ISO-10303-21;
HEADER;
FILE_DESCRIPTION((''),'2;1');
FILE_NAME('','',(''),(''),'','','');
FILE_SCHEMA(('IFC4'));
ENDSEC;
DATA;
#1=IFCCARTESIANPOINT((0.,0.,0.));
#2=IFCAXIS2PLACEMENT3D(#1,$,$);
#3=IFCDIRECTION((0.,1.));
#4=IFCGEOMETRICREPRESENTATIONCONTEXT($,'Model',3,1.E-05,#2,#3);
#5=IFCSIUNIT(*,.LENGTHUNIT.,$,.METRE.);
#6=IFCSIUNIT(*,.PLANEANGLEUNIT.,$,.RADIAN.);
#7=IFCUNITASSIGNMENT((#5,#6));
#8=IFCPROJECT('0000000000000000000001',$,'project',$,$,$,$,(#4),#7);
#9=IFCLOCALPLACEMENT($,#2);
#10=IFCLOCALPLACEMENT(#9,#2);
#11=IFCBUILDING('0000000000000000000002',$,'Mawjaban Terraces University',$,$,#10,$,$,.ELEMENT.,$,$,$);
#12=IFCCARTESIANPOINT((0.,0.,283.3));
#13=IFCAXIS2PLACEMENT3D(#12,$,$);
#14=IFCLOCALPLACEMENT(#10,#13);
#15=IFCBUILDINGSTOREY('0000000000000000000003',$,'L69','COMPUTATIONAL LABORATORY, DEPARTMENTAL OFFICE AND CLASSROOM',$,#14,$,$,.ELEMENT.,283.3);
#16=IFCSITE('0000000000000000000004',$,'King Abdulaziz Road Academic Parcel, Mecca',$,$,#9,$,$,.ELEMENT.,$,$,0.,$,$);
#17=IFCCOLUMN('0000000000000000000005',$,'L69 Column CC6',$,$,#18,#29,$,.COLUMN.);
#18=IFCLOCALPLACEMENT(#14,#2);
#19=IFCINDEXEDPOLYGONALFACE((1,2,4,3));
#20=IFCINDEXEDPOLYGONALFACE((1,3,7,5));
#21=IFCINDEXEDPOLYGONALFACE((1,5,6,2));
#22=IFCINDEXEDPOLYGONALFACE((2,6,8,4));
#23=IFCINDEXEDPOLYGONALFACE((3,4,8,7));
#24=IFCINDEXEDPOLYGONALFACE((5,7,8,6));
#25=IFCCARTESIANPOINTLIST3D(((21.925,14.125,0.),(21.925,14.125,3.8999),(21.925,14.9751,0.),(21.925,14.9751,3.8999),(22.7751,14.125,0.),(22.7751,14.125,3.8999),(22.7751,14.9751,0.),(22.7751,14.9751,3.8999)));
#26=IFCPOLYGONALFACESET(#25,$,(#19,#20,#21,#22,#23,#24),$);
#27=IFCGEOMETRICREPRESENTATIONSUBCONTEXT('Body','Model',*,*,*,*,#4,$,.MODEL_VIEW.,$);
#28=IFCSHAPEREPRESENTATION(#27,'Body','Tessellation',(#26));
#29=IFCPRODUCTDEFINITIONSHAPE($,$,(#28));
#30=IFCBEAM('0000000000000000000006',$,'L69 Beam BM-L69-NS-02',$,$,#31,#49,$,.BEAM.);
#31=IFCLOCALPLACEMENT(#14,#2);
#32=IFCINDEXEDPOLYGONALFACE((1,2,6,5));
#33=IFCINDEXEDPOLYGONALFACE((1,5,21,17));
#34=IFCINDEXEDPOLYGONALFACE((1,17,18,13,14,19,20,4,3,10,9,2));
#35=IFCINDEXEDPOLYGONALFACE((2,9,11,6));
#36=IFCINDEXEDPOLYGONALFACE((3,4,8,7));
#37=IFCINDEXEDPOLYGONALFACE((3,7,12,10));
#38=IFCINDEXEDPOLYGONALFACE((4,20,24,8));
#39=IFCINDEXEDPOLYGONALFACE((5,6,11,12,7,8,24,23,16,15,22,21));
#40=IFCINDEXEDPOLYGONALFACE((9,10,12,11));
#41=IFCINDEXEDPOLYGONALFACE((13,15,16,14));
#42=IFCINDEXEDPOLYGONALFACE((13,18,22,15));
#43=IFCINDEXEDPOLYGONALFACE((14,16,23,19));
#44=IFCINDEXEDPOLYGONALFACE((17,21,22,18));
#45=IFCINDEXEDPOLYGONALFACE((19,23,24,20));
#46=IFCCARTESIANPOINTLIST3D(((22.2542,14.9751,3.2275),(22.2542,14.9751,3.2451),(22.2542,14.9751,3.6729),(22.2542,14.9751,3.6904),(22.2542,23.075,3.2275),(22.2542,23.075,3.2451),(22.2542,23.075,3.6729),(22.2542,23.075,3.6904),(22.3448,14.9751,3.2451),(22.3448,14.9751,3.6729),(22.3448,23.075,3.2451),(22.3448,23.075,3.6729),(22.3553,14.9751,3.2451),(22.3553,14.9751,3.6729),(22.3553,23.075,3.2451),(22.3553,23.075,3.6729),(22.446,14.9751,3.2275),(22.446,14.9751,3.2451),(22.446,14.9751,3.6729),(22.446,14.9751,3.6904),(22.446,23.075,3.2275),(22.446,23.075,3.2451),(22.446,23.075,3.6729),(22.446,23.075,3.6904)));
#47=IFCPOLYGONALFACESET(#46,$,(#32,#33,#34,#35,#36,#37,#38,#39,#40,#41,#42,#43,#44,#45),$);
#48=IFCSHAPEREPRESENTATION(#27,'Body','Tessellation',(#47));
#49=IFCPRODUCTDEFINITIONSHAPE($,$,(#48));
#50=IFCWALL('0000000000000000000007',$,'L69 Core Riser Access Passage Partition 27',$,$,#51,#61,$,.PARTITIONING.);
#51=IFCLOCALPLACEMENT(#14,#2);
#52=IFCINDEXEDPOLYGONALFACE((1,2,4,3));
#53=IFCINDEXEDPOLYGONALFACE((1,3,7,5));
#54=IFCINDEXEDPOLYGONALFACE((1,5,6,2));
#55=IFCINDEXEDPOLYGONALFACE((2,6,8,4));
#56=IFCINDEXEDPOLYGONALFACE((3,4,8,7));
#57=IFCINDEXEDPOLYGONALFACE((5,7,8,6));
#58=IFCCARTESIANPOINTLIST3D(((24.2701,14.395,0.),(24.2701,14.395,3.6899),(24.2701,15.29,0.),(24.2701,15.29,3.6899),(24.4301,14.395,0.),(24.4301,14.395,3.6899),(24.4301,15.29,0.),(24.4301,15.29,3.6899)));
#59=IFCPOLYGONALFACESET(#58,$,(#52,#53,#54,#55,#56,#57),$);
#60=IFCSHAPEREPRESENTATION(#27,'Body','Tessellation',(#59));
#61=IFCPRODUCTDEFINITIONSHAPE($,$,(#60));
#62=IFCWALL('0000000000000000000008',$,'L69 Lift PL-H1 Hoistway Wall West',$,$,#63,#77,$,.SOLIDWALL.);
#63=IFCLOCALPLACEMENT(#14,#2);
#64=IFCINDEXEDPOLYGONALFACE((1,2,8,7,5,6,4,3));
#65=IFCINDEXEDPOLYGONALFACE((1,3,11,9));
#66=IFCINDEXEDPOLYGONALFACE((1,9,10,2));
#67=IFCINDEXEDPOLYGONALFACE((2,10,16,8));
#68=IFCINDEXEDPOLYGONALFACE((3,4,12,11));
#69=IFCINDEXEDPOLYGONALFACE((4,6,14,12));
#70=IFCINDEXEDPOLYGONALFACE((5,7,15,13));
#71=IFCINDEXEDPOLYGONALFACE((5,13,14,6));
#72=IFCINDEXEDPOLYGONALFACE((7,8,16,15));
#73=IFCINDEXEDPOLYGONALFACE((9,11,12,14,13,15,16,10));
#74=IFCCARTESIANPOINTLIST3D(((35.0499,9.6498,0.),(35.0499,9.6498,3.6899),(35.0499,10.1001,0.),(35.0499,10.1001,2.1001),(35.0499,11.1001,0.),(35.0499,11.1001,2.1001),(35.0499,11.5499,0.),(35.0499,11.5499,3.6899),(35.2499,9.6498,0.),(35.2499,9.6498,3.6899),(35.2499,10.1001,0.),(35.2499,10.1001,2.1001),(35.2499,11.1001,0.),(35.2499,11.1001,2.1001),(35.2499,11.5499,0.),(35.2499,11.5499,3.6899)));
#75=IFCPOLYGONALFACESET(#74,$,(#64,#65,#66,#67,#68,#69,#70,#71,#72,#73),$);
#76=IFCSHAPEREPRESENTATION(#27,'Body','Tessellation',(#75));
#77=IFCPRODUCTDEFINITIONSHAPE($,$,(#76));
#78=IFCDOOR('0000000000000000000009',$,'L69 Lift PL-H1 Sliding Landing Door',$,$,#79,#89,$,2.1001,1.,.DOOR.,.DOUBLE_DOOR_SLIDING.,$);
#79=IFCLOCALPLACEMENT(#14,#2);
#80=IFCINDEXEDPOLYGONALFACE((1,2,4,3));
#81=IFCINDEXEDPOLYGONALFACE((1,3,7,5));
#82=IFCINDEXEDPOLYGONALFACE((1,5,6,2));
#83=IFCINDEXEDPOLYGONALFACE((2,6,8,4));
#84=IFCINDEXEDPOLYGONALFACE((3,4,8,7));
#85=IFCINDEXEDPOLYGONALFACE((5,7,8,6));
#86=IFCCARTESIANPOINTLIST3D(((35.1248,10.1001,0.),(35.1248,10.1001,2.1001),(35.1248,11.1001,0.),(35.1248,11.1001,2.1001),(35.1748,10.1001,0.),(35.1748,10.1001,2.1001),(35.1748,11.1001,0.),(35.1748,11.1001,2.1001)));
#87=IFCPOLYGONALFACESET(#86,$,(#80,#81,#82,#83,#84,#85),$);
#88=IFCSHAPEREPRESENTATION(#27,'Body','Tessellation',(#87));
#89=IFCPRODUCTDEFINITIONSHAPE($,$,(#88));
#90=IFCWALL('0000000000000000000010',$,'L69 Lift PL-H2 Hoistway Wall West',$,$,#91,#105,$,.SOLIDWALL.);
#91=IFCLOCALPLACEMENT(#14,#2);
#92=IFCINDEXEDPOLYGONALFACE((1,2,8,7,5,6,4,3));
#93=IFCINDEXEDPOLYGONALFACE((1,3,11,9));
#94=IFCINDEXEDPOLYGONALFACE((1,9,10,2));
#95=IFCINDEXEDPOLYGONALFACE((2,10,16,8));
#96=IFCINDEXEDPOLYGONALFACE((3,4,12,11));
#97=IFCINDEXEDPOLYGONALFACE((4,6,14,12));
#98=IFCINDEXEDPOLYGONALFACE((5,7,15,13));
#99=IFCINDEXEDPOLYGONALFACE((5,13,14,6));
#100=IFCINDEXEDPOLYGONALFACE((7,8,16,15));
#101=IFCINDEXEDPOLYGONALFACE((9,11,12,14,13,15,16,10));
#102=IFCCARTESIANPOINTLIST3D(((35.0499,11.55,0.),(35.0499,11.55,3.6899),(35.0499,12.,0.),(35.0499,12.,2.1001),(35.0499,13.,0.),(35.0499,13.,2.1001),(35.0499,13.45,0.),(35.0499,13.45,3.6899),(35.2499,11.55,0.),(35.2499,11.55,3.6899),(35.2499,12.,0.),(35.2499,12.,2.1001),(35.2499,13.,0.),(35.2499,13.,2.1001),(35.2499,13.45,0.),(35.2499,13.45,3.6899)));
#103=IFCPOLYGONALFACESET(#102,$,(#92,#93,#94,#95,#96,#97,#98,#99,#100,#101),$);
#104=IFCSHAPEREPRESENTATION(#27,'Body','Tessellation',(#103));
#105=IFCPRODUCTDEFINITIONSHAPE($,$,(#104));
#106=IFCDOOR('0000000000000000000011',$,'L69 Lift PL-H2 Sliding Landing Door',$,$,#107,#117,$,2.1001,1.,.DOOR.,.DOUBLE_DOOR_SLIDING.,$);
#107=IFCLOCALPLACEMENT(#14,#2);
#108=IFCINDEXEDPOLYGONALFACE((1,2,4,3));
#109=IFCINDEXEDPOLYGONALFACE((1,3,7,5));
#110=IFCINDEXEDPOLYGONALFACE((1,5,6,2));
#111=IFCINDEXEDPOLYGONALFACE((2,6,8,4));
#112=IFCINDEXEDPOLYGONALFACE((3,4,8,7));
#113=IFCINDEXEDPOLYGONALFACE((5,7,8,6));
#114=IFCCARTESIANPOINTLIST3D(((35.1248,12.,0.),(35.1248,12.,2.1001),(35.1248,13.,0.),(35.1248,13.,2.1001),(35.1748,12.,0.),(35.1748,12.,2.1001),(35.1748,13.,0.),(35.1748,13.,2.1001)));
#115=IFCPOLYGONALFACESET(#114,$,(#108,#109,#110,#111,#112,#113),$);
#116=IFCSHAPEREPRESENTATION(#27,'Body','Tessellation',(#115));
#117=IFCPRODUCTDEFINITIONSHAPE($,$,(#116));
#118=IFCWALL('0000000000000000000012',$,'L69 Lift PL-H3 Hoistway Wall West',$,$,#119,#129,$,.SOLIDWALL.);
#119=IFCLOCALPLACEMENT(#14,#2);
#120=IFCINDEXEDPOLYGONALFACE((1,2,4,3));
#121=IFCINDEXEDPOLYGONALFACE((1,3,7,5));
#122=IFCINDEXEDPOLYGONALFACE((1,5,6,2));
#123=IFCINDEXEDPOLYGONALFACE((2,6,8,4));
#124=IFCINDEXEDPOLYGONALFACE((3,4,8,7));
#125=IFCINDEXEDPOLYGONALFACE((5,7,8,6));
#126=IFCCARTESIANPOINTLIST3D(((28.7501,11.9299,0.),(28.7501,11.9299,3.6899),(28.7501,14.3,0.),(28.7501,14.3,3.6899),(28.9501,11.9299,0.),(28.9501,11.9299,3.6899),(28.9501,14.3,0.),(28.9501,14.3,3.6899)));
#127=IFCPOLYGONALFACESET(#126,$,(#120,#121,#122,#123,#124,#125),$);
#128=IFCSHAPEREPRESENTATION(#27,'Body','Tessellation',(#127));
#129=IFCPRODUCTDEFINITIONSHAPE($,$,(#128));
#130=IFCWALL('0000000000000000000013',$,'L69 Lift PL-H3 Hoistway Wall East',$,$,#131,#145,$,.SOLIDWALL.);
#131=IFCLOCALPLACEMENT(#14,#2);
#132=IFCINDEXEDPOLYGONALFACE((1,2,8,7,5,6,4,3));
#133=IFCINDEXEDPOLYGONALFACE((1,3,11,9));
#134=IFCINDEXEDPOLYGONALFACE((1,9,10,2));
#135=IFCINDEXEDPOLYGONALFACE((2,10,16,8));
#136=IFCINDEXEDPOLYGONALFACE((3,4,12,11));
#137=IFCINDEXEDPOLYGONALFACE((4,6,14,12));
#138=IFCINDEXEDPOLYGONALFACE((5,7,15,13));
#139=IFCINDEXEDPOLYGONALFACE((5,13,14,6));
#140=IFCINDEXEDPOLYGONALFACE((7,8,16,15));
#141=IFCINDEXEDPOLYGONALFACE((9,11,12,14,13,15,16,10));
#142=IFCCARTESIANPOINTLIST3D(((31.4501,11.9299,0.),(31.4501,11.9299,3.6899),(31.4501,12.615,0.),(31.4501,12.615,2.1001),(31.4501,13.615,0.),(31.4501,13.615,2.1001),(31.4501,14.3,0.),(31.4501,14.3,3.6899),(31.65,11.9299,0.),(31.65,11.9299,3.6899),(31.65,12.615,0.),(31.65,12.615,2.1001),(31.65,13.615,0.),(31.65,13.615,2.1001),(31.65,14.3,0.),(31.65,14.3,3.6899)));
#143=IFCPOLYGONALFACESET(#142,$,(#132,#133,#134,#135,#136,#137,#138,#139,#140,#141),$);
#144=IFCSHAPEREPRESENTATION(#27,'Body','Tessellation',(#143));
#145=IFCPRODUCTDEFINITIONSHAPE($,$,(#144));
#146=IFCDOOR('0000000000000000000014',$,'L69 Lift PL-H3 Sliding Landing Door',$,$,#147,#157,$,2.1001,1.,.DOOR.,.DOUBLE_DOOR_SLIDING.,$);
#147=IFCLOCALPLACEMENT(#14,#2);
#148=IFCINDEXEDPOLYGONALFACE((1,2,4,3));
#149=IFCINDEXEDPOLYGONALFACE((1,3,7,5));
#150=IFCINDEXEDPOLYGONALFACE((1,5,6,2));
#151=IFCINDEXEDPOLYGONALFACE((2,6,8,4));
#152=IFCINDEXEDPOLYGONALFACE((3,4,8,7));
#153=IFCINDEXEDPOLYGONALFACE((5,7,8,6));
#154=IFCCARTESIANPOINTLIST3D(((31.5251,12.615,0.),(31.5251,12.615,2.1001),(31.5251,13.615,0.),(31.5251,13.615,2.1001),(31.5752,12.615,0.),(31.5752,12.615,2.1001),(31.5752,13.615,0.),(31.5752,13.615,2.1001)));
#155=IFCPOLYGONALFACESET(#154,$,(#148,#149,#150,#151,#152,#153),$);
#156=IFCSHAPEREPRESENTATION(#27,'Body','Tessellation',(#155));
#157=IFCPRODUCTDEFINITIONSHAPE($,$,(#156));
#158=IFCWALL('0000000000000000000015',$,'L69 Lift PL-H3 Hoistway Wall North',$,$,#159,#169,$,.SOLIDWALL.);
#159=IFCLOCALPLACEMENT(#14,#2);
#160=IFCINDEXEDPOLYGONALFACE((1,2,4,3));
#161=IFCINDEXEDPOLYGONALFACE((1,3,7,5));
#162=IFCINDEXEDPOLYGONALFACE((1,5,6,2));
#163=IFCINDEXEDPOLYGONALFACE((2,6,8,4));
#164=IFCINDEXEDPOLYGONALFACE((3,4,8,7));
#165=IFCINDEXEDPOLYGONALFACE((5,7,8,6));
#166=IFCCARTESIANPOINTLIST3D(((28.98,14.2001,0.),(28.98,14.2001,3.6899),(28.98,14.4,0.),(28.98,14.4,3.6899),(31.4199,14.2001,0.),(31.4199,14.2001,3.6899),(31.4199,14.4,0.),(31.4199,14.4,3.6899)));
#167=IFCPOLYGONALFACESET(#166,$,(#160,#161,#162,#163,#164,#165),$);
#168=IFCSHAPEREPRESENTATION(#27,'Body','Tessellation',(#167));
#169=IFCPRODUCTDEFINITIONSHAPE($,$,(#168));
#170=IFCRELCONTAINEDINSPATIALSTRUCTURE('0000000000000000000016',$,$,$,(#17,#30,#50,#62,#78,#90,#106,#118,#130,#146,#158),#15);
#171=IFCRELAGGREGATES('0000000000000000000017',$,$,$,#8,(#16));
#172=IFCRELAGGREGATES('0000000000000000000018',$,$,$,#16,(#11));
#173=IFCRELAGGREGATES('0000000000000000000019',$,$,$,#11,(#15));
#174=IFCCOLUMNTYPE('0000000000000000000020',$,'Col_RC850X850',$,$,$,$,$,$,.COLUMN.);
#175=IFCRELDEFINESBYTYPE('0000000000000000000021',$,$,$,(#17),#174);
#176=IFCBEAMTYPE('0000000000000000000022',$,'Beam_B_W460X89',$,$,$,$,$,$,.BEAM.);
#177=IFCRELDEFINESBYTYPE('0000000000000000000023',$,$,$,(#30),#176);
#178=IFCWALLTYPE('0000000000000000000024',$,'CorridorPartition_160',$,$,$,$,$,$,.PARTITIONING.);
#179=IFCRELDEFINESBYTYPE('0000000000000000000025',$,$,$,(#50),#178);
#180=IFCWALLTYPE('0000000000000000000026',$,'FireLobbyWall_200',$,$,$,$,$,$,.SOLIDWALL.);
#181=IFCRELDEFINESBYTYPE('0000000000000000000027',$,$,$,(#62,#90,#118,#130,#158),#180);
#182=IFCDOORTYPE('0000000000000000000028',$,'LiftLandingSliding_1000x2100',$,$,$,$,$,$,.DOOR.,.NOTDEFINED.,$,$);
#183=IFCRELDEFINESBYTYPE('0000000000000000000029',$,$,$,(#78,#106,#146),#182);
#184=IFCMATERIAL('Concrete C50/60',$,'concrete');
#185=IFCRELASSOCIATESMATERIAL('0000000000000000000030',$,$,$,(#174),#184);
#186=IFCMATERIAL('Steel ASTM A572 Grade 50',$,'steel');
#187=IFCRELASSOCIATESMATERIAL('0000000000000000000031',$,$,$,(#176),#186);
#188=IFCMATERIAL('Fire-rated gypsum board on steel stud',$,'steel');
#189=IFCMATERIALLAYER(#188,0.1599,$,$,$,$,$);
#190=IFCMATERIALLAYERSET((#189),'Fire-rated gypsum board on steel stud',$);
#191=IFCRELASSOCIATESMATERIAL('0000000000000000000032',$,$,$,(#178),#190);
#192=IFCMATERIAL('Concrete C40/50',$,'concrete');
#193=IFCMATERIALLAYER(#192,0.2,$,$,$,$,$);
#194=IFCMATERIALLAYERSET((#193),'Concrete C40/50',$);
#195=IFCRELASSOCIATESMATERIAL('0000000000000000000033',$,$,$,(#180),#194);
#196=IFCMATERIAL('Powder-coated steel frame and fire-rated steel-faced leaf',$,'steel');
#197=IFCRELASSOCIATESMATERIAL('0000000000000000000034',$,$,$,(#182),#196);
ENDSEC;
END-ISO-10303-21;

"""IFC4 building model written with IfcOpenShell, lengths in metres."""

from ifc_helpers import new_model, si_unit, direction, frame, frame_2d, origin, origin_2d, place, context, subcontext, project, spatial, rectangle, i_section, extrude, material, layer, layer_set, material_profile, profile_set, type_object, element, fill, save


model = new_model("IFC4")

# Units and contexts
model_context = context("Model", 3, precision=1e-05, world=origin(), true_north=direction((0.0, 1.0)))
body_context = subcontext(model_context, "Body", "Model", "MODEL_VIEW")
ifc_project = project(units=[si_unit("LENGTHUNIT", "METRE"), si_unit("PLANEANGLEUNIT", "RADIAN")], contexts=[model_context])

# Site, building, storey
site_placement = place(None, origin())
site = spatial("IfcSite", under=ifc_project, at=site_placement, Name="King Abdulaziz Road Academic Parcel, Mecca", CompositionType="ELEMENT", RefElevation=0.0)
building_placement = place(site_placement, origin())
building = spatial("IfcBuilding", under=site, at=building_placement, Name="Mawjaban Terraces University", CompositionType="ELEMENT")
storey_placement = place(building_placement, frame((0.0, 0.0, 283.3)))
storey = spatial("IfcBuildingStorey", under=building, at=storey_placement, Name="L69", Description="COMPUTATIONAL LABORATORY, DEPARTMENTAL OFFICE AND CLASSROOM", CompositionType="ELEMENT", Elevation=283.3)

# Column
ifc_material_1 = material(Name="Concrete C50/60", Category="concrete")
ifc_material_profile_1 = material_profile(ifc_material_1, rectangle(XDim=0.8501, YDim=0.8501, at=origin_2d()), Name="RC850X850")
ifc_profile_set_1 = profile_set([ifc_material_profile_1], Name="Concrete C50/60")
column_type = type_object("IfcColumnType", Name="Col_RC850X850", PredefinedType="COLUMN", material=ifc_profile_set_1)
column_placement = place(storey_placement, frame((22.3501, 14.55, 0.0), z_axis=(0.0, 0.0, 1.0), x_axis=(1.0, 0.0, 0.0)))
element("IfcColumn", 1, at=column_placement, inside=storey, type_object=column_type, Name="L69 Column CC6", PredefinedType="COLUMN", context=body_context, shape_type="SweptSolid", body=[
    extrude(rectangle(XDim=0.8501, YDim=0.8501, at=origin_2d()), origin(), (0.0, 0.0, 1.0), 3.8999),
])

# Beam
ifc_material_2 = material(Name="Steel ASTM A572 Grade 50", Category="steel")
ifc_material_profile_2 = material_profile(ifc_material_2, i_section(OverallWidth=0.1919, OverallDepth=0.4629, WebThickness=0.0105, FlangeThickness=0.0176, at=origin_2d()), Name="W460X89")
ifc_profile_set_2 = profile_set([ifc_material_profile_2], Name="Steel ASTM A572 Grade 50")
beam_type = type_object("IfcBeamType", Name="Beam_B_W460X89", PredefinedType="BEAM", material=ifc_profile_set_2)
beam_placement = place(storey_placement, frame((22.3501, 14.9751, 3.459), z_axis=(0.0, 1.0, 0.0), x_axis=(-1.0, 0.0, 0.0)))
element("IfcBeam", 2, at=beam_placement, inside=storey, type_object=beam_type, Name="L69 Beam BM-L69-NS-02", PredefinedType="BEAM", context=body_context, shape_type="SweptSolid", body=[
    extrude(i_section(OverallWidth=0.1919, OverallDepth=0.4629, WebThickness=0.0105, FlangeThickness=0.0176, at=origin_2d()), origin(), (0.0, 0.0, 1.0), 8.0999),
])

# Wall
ifc_material_3 = material(Name="Fire-rated gypsum board on steel stud", Category="steel")
ifc_layer_1 = layer(ifc_material_3, 0.1599)
ifc_layer_set_1 = layer_set([ifc_layer_1], Name="Fire-rated gypsum board on steel stud")
wall_type_1 = type_object("IfcWallType", Name="CorridorPartition_160", PredefinedType="PARTITIONING", material=ifc_layer_set_1)
wall_1_placement = place(storey_placement, frame((24.3501, 15.29, 0.0), z_axis=(0.0, 0.0, 1.0), x_axis=(0.0, -1.0, 0.0)))
element("IfcWall", 3, at=wall_1_placement, inside=storey, type_object=wall_type_1, Name="L69 Core Riser Access Passage Partition 27", PredefinedType="PARTITIONING", context=body_context, shape_type="SweptSolid", body=[
    extrude(rectangle(XDim=0.895, YDim=0.1599, at=frame_2d((0.4475, 0.0))), origin(), (0.0, 0.0, 1.0), 3.6899),
])

# Walls, openings, doors
ifc_material_4 = material(Name="Concrete C40/50", Category="concrete")
ifc_layer_2 = layer(ifc_material_4, 0.2)
ifc_layer_set_2 = layer_set([ifc_layer_2], Name="Concrete C40/50")
wall_type_2 = type_object("IfcWallType", Name="FireLobbyWall_200", PredefinedType="SOLIDWALL", material=ifc_layer_set_2)
wall_2_placement = place(storey_placement, frame((35.1499, 11.55, 0.0), z_axis=(0.0, 0.0, 1.0), x_axis=(0.0, -1.0, 0.0)))
wall_2 = element("IfcWall", 4, at=wall_2_placement, inside=storey, type_object=wall_type_2, Name="L69 Lift PL-H1 Hoistway Wall West", PredefinedType="SOLIDWALL", context=body_context, shape_type="SweptSolid", body=[
    extrude(rectangle(XDim=1.9001, YDim=0.2, at=frame_2d((0.9502, 0.0))), origin(), (0.0, 0.0, 1.0), 3.6899),
])
opening_1_placement = place(wall_2_placement, frame((0.45, 0.0, 0.0)))
opening_1 = element("IfcOpeningElement", 5, at=opening_1_placement, cuts=wall_2, PredefinedType="OPENING", context=body_context, shape_type="SweptSolid", body=[
    extrude(rectangle(XDim=1.0, YDim=2.1001, at=frame_2d((0.5, 1.05))), frame((0.0, 0.1099, 0.0), z_axis=(0.0, -1.0, 0.0), x_axis=(1.0, 0.0, 0.0)), (0.0, 0.0, 1.0), 0.22),
])
ifc_material_5 = material(Name="Powder-coated steel frame and fire-rated steel-faced leaf", Category="steel")
door_type_1 = type_object("IfcDoorType", Name="LiftLandingSliding_1000x2100", OperationType="NOTDEFINED", PredefinedType="DOOR", material=ifc_material_5)
door_1_placement = place(opening_1_placement, origin())
door_1 = element("IfcDoor", 6, at=door_1_placement, inside=storey, type_object=door_type_1, Name="L69 Lift PL-H1 Sliding Landing Door", OperationType="DOUBLE_DOOR_SLIDING", OverallHeight=2.1001, OverallWidth=1.0, PredefinedType="DOOR", context=body_context, shape_type="SweptSolid", body=[
    extrude(rectangle(XDim=1.0, YDim=2.1001, at=frame_2d((0.5, 1.05))), frame((0.0, 0.0249, 0.0), z_axis=(0.0, -1.0, 0.0), x_axis=(1.0, 0.0, 0.0)), (0.0, 0.0, 1.0), 0.05),
])
fill(opening_1, door_1)
wall_3_placement = place(storey_placement, frame((35.1499, 13.45, 0.0), z_axis=(0.0, 0.0, 1.0), x_axis=(0.0, -1.0, 0.0)))
wall_3 = element("IfcWall", 7, at=wall_3_placement, inside=storey, type_object=wall_type_2, Name="L69 Lift PL-H2 Hoistway Wall West", PredefinedType="SOLIDWALL", context=body_context, shape_type="SweptSolid", body=[
    extrude(rectangle(XDim=1.8999, YDim=0.2, at=frame_2d((0.95, 0.0))), origin(), (0.0, 0.0, 1.0), 3.6899),
])
opening_2_placement = place(wall_3_placement, frame((0.45, 0.0, 0.0)))
opening_2 = element("IfcOpeningElement", 8, at=opening_2_placement, cuts=wall_3, PredefinedType="OPENING", context=body_context, shape_type="SweptSolid", body=[
    extrude(rectangle(XDim=1.0, YDim=2.1001, at=frame_2d((0.5, 1.05))), frame((0.0, 0.1099, 0.0), z_axis=(0.0, -1.0, 0.0), x_axis=(1.0, 0.0, 0.0)), (0.0, 0.0, 1.0), 0.22),
])
door_2_placement = place(opening_2_placement, origin())
door_2 = element("IfcDoor", 9, at=door_2_placement, inside=storey, type_object=door_type_1, Name="L69 Lift PL-H2 Sliding Landing Door", OperationType="DOUBLE_DOOR_SLIDING", OverallHeight=2.1001, OverallWidth=1.0, PredefinedType="DOOR", context=body_context, shape_type="SweptSolid", body=[
    extrude(rectangle(XDim=1.0, YDim=2.1001, at=frame_2d((0.5, 1.05))), frame((0.0, 0.0249, 0.0), z_axis=(0.0, -1.0, 0.0), x_axis=(1.0, 0.0, 0.0)), (0.0, 0.0, 1.0), 0.05),
])
fill(opening_2, door_2)

# Wall
wall_4_placement = place(storey_placement, frame((28.8501, 14.3, 0.0), z_axis=(0.0, 0.0, 1.0), x_axis=(0.0, -1.0, 0.0)))
element("IfcWall", 10, at=wall_4_placement, inside=storey, type_object=wall_type_2, Name="L69 Lift PL-H3 Hoistway Wall West", PredefinedType="SOLIDWALL", context=body_context, shape_type="SweptSolid", body=[
    extrude(rectangle(XDim=2.3701, YDim=0.2, at=frame_2d((1.1851, 0.0))), origin(), (0.0, 0.0, 1.0), 3.6899),
])

# Wall, opening, door
wall_5_placement = place(storey_placement, frame((31.55, 11.9299, 0.0), z_axis=(0.0, 0.0, 1.0), x_axis=(0.0, 1.0, 0.0)))
wall_5 = element("IfcWall", 11, at=wall_5_placement, inside=storey, type_object=wall_type_2, Name="L69 Lift PL-H3 Hoistway Wall East", PredefinedType="SOLIDWALL", context=body_context, shape_type="SweptSolid", body=[
    extrude(rectangle(XDim=2.3701, YDim=0.2, at=frame_2d((1.1851, 0.0))), origin(), (0.0, 0.0, 1.0), 3.6899),
])
opening_3_placement = place(wall_5_placement, frame((0.6851, 0.0, 0.0)))
opening_3 = element("IfcOpeningElement", 12, at=opening_3_placement, cuts=wall_5, PredefinedType="OPENING", context=body_context, shape_type="SweptSolid", body=[
    extrude(rectangle(XDim=1.0, YDim=2.1001, at=frame_2d((0.5, 1.05))), frame((0.0, 0.1099, 0.0), z_axis=(0.0, -1.0, 0.0), x_axis=(1.0, 0.0, 0.0)), (0.0, 0.0, 1.0), 0.22),
])
door_3_placement = place(opening_3_placement, origin())
door_3 = element("IfcDoor", 13, at=door_3_placement, inside=storey, type_object=door_type_1, Name="L69 Lift PL-H3 Sliding Landing Door", OperationType="DOUBLE_DOOR_SLIDING", OverallHeight=2.1001, OverallWidth=1.0, PredefinedType="DOOR", context=body_context, shape_type="SweptSolid", body=[
    extrude(rectangle(XDim=1.0, YDim=2.1001, at=frame_2d((0.5, 1.05))), frame((0.0, 0.0249, 0.0), z_axis=(0.0, -1.0, 0.0), x_axis=(1.0, 0.0, 0.0)), (0.0, 0.0, 1.0), 0.05),
])
fill(opening_3, door_3)

# Wall
wall_6_placement = place(storey_placement, frame((31.4199, 14.3, 0.0), z_axis=(0.0, 0.0, 1.0), x_axis=(-1.0, 0.0, 0.0)))
element("IfcWall", 14, at=wall_6_placement, inside=storey, type_object=wall_type_2, Name="L69 Lift PL-H3 Hoistway Wall North", PredefinedType="SOLIDWALL", context=body_context, shape_type="SweptSolid", body=[
    extrude(rectangle(XDim=2.4399, YDim=0.2, at=frame_2d((1.22, 0.0))), origin(), (0.0, 0.0, 1.0), 3.6899),
])

save(model, "model.ifc")
